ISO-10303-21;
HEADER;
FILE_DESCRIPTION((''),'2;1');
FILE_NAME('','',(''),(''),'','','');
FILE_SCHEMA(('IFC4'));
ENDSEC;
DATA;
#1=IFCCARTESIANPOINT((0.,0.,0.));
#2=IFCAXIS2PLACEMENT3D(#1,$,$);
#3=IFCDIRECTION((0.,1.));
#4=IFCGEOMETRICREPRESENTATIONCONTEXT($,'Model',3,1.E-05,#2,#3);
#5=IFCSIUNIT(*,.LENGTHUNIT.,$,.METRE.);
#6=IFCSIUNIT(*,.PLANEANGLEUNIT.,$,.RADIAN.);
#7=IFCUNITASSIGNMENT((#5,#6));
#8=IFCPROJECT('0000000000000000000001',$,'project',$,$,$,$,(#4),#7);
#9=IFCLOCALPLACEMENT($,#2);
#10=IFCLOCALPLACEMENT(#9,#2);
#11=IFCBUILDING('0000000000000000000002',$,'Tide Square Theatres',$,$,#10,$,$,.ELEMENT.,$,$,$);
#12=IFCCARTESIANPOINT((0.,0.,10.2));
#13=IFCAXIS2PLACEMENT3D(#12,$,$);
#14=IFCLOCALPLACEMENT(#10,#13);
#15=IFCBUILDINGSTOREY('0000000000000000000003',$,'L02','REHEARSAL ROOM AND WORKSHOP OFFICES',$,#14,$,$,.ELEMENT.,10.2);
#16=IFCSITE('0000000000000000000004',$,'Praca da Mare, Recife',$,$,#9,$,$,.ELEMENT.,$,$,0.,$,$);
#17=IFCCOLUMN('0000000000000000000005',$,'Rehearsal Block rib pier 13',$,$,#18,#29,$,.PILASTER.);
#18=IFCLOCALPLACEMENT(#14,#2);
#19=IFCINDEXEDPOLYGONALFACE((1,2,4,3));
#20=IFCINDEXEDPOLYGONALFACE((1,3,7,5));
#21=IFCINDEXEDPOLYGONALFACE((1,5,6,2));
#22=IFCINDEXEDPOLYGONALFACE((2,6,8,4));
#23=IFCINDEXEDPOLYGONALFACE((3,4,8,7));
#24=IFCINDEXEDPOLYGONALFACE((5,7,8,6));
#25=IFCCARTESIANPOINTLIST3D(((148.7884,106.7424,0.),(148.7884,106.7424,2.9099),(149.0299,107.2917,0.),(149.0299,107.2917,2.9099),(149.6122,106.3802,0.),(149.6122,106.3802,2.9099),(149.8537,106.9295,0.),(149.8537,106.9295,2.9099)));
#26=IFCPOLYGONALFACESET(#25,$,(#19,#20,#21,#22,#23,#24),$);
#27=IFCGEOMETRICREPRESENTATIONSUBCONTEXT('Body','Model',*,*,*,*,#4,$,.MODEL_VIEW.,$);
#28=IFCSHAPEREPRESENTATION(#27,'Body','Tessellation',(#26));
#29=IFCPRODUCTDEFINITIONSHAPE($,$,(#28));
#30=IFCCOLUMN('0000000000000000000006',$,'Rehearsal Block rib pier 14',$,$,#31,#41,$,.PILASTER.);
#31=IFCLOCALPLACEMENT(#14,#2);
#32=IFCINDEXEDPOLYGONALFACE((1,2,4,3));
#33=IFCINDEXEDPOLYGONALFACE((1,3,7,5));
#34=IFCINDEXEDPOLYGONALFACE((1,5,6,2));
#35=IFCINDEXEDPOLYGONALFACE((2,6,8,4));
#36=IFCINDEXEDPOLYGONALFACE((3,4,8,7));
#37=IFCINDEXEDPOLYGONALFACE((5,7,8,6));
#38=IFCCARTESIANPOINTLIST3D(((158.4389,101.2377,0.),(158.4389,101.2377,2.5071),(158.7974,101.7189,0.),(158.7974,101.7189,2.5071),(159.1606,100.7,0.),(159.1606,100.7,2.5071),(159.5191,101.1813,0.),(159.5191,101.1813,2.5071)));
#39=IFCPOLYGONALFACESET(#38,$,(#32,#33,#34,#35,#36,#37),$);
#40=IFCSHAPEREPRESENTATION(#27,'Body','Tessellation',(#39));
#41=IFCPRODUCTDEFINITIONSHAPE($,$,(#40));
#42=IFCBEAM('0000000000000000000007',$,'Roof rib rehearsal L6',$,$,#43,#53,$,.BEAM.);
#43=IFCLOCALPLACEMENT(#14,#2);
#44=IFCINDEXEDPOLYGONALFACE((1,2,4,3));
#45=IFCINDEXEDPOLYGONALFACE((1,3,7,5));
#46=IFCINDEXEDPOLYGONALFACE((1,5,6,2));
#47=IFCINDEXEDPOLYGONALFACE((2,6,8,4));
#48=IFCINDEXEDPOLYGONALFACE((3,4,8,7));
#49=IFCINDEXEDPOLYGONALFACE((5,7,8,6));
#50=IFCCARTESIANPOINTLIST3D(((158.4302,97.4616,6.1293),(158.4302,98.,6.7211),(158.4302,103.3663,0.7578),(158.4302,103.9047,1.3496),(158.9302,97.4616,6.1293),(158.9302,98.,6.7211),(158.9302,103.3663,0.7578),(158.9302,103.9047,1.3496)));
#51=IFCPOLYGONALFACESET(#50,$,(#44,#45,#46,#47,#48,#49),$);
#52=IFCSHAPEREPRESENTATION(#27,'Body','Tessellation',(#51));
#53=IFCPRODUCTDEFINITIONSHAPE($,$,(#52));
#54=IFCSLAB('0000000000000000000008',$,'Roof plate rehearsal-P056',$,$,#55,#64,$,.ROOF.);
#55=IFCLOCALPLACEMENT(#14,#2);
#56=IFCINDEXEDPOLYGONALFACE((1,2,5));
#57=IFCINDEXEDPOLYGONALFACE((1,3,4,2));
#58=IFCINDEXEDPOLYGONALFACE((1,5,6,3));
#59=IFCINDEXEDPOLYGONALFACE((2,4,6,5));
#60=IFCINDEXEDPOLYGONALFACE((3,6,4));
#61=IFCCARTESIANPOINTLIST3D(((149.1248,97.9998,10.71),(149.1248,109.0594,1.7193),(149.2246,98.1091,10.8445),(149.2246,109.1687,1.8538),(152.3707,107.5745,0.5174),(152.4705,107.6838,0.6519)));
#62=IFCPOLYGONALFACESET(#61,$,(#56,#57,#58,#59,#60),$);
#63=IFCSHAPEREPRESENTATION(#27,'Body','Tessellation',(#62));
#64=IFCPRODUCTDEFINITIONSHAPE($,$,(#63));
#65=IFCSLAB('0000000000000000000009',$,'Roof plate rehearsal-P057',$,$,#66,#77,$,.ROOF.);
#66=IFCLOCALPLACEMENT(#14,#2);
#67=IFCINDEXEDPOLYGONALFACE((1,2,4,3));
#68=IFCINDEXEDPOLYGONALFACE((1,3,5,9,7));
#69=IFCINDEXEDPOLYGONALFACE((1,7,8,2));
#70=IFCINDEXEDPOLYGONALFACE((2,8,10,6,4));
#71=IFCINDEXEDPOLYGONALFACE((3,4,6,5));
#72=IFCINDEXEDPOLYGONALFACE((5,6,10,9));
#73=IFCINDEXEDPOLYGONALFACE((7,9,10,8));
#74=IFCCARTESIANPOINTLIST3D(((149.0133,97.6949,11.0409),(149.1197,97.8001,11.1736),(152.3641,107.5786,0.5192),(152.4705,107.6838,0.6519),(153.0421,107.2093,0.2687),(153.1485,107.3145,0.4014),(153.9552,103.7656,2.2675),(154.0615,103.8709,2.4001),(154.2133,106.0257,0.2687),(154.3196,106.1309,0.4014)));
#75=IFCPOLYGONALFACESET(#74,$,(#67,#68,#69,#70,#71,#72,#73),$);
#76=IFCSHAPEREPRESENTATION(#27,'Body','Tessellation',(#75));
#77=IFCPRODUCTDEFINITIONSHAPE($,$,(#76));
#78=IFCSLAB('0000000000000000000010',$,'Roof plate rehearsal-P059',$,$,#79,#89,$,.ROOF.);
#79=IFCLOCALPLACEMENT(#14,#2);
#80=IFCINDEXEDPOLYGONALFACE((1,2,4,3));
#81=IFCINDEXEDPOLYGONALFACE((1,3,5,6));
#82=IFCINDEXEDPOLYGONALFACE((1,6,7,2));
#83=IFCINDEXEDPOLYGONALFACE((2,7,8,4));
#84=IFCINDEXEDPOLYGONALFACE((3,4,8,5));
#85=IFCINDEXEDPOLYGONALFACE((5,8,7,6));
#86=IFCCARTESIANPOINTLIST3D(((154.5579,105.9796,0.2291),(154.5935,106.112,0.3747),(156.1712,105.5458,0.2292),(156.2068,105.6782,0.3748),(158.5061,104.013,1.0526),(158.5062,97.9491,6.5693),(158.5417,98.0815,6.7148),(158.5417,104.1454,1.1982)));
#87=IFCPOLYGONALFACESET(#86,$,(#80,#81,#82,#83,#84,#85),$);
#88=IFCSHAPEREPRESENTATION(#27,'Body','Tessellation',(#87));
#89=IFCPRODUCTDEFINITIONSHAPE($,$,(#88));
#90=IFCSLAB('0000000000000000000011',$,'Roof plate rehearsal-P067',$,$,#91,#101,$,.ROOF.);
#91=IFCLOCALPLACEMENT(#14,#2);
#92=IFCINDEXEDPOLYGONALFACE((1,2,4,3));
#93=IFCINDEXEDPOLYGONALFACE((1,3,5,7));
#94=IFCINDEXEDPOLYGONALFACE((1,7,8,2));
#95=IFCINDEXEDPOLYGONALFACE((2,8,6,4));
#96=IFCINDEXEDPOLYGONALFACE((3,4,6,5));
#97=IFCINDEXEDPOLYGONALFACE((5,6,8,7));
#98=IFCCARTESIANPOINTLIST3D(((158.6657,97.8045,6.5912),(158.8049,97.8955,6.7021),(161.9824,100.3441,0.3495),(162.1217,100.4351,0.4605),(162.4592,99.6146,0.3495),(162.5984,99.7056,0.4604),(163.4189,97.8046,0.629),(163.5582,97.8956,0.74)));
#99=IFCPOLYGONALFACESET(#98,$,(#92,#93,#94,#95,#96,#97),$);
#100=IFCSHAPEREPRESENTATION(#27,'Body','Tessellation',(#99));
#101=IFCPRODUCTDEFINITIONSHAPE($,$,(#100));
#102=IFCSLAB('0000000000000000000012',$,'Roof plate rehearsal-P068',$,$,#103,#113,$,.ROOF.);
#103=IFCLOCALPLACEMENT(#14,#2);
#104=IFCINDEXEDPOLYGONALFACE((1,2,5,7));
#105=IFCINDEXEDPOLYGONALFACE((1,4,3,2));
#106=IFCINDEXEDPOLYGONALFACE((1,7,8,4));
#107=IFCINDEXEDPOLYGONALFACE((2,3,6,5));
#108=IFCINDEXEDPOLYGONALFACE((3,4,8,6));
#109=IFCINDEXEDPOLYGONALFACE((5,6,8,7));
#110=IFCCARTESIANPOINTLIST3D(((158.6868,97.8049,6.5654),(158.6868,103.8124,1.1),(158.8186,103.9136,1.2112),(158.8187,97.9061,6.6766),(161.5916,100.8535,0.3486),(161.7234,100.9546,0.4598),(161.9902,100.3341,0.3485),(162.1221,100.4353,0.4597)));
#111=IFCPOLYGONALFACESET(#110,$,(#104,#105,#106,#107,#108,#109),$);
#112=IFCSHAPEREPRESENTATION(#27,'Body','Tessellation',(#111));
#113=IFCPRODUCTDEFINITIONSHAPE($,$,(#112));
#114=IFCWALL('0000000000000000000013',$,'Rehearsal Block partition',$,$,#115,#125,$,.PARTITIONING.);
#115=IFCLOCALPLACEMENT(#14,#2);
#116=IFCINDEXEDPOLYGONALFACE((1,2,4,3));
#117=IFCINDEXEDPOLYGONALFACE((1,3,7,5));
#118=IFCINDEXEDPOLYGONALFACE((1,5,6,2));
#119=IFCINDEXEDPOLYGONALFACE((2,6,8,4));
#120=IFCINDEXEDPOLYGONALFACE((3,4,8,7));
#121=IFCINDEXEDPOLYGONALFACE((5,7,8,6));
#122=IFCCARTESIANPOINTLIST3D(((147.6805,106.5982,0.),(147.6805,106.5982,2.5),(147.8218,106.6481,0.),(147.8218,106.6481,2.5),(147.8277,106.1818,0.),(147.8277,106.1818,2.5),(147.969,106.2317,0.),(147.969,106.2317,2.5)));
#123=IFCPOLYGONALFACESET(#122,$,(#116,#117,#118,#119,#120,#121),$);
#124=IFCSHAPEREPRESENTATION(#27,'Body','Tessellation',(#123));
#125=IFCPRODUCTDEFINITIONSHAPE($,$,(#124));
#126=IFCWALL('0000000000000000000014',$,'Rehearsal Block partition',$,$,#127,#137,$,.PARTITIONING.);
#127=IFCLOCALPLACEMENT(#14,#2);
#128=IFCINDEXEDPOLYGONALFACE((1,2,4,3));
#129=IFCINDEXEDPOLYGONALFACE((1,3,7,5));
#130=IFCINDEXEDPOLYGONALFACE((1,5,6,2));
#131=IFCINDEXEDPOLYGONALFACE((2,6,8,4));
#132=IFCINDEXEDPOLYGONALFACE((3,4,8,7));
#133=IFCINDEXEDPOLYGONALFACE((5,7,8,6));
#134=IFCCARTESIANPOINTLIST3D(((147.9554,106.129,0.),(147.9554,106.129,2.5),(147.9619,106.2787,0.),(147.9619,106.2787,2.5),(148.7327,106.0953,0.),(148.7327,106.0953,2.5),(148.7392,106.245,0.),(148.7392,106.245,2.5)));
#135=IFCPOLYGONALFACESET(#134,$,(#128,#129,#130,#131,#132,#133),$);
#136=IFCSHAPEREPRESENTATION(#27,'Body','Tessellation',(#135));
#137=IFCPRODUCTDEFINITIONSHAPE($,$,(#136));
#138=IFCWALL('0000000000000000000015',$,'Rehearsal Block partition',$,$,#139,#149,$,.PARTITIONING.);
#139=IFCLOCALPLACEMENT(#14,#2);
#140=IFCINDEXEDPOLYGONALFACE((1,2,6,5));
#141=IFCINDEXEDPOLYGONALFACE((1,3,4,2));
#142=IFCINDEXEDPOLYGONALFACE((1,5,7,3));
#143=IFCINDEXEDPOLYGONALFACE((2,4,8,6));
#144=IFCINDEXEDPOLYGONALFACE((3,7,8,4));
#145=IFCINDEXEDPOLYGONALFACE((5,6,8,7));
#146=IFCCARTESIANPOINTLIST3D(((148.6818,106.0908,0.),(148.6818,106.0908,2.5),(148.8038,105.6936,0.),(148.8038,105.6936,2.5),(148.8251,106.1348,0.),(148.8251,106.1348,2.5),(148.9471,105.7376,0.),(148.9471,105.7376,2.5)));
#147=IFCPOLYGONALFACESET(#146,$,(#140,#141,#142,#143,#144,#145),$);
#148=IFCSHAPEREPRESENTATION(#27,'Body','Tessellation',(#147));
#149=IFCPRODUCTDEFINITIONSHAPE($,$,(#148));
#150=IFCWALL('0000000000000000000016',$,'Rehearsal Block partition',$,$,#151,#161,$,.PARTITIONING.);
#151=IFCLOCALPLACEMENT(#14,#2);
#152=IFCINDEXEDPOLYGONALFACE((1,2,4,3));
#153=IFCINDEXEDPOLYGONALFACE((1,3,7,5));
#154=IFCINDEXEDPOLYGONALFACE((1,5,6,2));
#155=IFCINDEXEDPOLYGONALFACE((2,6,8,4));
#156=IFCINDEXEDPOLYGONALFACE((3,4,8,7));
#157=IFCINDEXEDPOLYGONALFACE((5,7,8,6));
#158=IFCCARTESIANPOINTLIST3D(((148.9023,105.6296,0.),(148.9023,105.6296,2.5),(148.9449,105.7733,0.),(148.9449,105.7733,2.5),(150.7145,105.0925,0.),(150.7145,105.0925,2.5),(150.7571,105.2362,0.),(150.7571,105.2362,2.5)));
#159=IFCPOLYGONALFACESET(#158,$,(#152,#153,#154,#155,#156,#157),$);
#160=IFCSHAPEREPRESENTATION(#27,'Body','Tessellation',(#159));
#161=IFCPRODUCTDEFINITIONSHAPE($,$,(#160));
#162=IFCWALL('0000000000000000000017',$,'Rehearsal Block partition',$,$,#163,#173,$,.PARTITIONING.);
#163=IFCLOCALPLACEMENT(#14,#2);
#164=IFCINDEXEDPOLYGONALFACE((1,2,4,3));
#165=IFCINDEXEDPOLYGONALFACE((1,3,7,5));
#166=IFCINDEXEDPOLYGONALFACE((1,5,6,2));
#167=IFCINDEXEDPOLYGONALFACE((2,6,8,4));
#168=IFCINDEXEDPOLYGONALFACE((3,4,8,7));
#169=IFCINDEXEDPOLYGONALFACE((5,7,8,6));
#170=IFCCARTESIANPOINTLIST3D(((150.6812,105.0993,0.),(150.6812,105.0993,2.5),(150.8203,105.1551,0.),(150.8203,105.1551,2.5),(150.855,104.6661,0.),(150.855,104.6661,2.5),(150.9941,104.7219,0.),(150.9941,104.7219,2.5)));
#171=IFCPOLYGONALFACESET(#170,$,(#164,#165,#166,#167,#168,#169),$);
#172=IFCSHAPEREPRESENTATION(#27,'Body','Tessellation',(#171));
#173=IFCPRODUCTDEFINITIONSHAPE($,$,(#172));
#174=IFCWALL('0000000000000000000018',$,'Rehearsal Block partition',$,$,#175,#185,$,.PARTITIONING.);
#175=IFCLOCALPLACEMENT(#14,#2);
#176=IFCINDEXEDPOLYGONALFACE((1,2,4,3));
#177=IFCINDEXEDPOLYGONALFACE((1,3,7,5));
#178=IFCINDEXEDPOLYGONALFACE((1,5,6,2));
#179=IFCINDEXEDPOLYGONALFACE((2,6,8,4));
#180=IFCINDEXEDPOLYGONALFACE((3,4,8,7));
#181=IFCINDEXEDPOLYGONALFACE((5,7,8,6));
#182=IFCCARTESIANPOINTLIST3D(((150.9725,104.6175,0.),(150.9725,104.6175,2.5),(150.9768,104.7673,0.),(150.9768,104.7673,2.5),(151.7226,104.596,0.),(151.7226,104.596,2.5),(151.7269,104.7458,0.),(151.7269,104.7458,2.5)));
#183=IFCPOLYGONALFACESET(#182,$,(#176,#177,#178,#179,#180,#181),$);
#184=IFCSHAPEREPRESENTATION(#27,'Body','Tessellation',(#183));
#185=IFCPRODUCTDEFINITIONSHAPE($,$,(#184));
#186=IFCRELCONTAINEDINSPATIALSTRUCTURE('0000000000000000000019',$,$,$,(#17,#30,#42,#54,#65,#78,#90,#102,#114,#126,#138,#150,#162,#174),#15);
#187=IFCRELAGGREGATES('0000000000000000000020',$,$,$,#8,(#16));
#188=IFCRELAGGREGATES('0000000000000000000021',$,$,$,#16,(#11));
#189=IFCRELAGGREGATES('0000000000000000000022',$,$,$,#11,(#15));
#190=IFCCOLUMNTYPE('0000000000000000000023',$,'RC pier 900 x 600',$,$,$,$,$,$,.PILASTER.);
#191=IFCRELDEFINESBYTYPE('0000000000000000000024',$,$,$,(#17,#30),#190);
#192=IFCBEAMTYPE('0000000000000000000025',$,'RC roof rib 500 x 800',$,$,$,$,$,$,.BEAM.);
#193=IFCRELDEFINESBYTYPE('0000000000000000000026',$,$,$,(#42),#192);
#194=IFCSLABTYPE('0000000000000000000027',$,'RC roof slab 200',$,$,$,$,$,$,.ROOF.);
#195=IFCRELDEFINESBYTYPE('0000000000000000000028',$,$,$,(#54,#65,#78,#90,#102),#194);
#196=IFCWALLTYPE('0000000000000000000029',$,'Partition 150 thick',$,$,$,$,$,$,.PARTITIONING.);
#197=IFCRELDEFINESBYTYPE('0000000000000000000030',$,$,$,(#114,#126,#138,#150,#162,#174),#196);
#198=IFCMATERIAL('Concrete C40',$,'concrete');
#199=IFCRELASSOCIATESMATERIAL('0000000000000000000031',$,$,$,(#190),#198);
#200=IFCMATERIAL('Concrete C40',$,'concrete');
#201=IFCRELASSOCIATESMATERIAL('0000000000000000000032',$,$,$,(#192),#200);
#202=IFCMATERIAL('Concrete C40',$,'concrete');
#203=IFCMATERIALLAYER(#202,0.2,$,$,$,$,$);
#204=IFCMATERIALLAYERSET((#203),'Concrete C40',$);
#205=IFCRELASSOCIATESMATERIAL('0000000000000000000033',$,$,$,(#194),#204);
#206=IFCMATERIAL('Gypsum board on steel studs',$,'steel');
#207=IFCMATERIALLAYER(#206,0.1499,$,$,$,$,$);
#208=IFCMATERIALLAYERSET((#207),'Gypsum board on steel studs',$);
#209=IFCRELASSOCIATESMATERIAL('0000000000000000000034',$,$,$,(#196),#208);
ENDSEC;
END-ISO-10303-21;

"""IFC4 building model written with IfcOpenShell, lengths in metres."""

from ifc_helpers import new_model, si_unit, direction, frame, frame_2d, origin, origin_2d, place, context, subcontext, project, spatial, polyline, rectangle, outline, extrude, material, layer, layer_set, material_profile, profile_set, type_object, element, save


model = new_model("IFC4")

# Units and contexts
model_context = context("Model", 3, precision=1e-05, world=origin(), true_north=direction((0.0, 1.0)))
body_context = subcontext(model_context, "Body", "Model", "MODEL_VIEW")
ifc_project = project(units=[si_unit("LENGTHUNIT", "METRE"), si_unit("PLANEANGLEUNIT", "RADIAN")], contexts=[model_context])

# Site, building, storey
site_placement = place(None, origin())
site = spatial("IfcSite", under=ifc_project, at=site_placement, Name="Praca da Mare, Recife", CompositionType="ELEMENT", RefElevation=0.0)
building_placement = place(site_placement, origin())
building = spatial("IfcBuilding", under=site, at=building_placement, Name="Tide Square Theatres", CompositionType="ELEMENT")
storey_placement = place(building_placement, frame((0.0, 0.0, 10.2)))
storey = spatial("IfcBuildingStorey", under=building, at=storey_placement, Name="L02", Description="REHEARSAL ROOM AND WORKSHOP OFFICES", CompositionType="ELEMENT", Elevation=10.2)

# Columns
ifc_material_1 = material(Name="Concrete C40", Category="concrete")
ifc_material_profile_1 = material_profile(ifc_material_1, rectangle(XDim=0.8999, YDim=0.6001, at=origin_2d()))
ifc_profile_set_1 = profile_set([ifc_material_profile_1], Name="Concrete C40")
column_type = type_object("IfcColumnType", Name="RC pier 900 x 600", PredefinedType="PILASTER", material=ifc_profile_set_1)
column_1_placement = place(storey_placement, frame((149.321, 106.8359, 0.0), z_axis=(0.0, 0.0, 1.0), x_axis=(-0.915419, 0.402502, 0.0)))
element("IfcColumn", 1, at=column_1_placement, inside=storey, type_object=column_type, Name="Rehearsal Block rib pier 13", PredefinedType="PILASTER", context=body_context, shape_type="SweptSolid", body=[
    extrude(rectangle(XDim=0.8999, YDim=0.6001, at=origin_2d()), origin(), (0.0, 0.0, 1.0), 2.9099),
])
column_2_placement = place(storey_placement, frame((158.979, 101.2095, 0.0), z_axis=(0.0, 0.0, 1.0), x_axis=(-0.801928, 0.597421, 0.0)))
element("IfcColumn", 2, at=column_2_placement, inside=storey, type_object=column_type, Name="Rehearsal Block rib pier 14", PredefinedType="PILASTER", context=body_context, shape_type="SweptSolid", body=[
    extrude(rectangle(XDim=0.8999, YDim=0.6001, at=origin_2d()), origin(), (0.0, 0.0, 1.0), 2.5071),
])

# Beam
ifc_material_2 = material(Name="Concrete C40", Category="concrete")
ifc_material_profile_2 = material_profile(ifc_material_2, rectangle(XDim=0.5, YDim=0.8, at=origin_2d()))
ifc_profile_set_2 = profile_set([ifc_material_profile_2], Name="Concrete C40")
beam_type = type_object("IfcBeamType", Name="RC roof rib 500 x 800", PredefinedType="BEAM", material=ifc_profile_set_2)
beam_placement = place(storey_placement, frame((158.6802, 103.6355, 1.0537), z_axis=(0.0, -0.739716, 0.672919), x_axis=(1.0, 0.0, 0.0)))
element("IfcBeam", 3, at=beam_placement, inside=storey, type_object=beam_type, Name="Roof rib rehearsal L6", PredefinedType="BEAM", context=body_context, shape_type="SweptSolid", body=[
    extrude(rectangle(XDim=0.5, YDim=0.8, at=origin_2d()), origin(), (0.0, 0.0, 1.0), 7.9824),
])

# Slabs
ifc_material_3 = material(Name="Concrete C40", Category="concrete")
ifc_layer_1 = layer(ifc_material_3, 0.2)
ifc_layer_set_1 = layer_set([ifc_layer_1], Name="Concrete C40")
slab_type = type_object("IfcSlabType", Name="RC roof slab 200", PredefinedType="ROOF", material=ifc_layer_set_1)
slab_1_placement = place(storey_placement, frame((152.4705, 107.6838, 0.6519), z_axis=(0.499053, 0.54663, 0.672415), x_axis=(-0.861816, 0.394251, 0.319122)))
element("IfcSlab", 4, at=slab_1_placement, inside=storey, type_object=slab_type, Name="Roof plate rehearsal-P056", PredefinedType="ROOF", context=body_context, shape_type="SweptSolid", body=[
    extrude(outline(polyline([(0.0, 0.0), (3.7663, 0.0), (2.2752, 14.1748), (0.0, 0.0)])), origin(), (0.0, 0.0, -1.0), 0.2),
])
slab_2_placement = place(storey_placement, frame((152.4705, 107.6838, 0.6519), z_axis=(0.531768, 0.526165, 0.663607), x_axis=(-0.226103, -0.666932, 0.709985)))
element("IfcSlab", 5, at=slab_2_placement, inside=storey, type_object=slab_type, Name="Roof plate rehearsal-P057", PredefinedType="ROOF", context=body_context, shape_type="SweptSolid", body=[
    extrude(outline(polyline([(0.0, 0.0), (14.8197, 0.0), (3.4245, 2.8982), (0.4398, 2.3875), (-0.0848, 0.8073), (0.0, 0.0)])), origin(), (0.0, 0.0, -1.0), 0.2),
])
slab_3_placement = place(storey_placement, frame((156.2068, 105.6782, 0.3748), z_axis=(0.178014, 0.662194, 0.72788), x_axis=(-0.965702, 0.259651, -0.000043)))
element("IfcSlab", 6, at=slab_3_placement, inside=storey, type_object=slab_type, Name="Roof plate rehearsal-P059", PredefinedType="ROOF", context=body_context, shape_type="SweptSolid", body=[
    extrude(outline(polyline([(0.0, 0.0), (1.6706, 0.0), (-4.2276, 9.2458), (-2.6529, 1.2007), (0.0, 0.0)])), origin(), (0.0, 0.0, -1.0), 0.2),
])
slab_4_placement = place(storey_placement, frame((162.5984, 99.7056, 0.4604), z_axis=(0.696301, 0.454975, 0.555124), x_axis=(-0.547034, 0.837111, 0.000064)))
element("IfcSlab", 7, at=slab_4_placement, inside=storey, type_object=slab_type, Name="Roof plate rehearsal-P067", PredefinedType="ROOF", context=body_context, shape_type="SweptSolid", body=[
    extrude(outline(polyline([(0.0, 0.0), (0.8715, 0.0), (0.5603, 7.5041), (-2.0402, 0.3363), (0.0, 0.0)])), origin(), (0.0, 0.0, -1.0), 0.2),
])
slab_5_placement = place(storey_placement, frame((162.1221, 100.4353, 0.4597), z_axis=(0.659279, 0.505988, 0.556172), x_axis=(-0.608881, 0.793261, 0.000076)))
element("IfcSlab", 8, at=slab_5_placement, inside=storey, type_object=slab_type, Name="Roof plate rehearsal-P068", PredefinedType="ROOF", context=body_context, shape_type="SweptSolid", body=[
    extrude(outline(polyline([(0.0, 0.0), (0.6547, 0.0), (4.7707, 0.9038), (0.0055, 7.4806), (0.0, 0.0)])), origin(), (0.0, 0.0, -1.0), 0.2),
])

# Walls
ifc_material_4 = material(Name="Gypsum board on steel studs", Category="steel")
ifc_layer_2 = layer(ifc_material_4, 0.1499)
ifc_layer_set_2 = layer_set([ifc_layer_2], Name="Gypsum board on steel studs")
wall_type_1 = type_object("IfcWallType", Name="Partition 150 thick", PredefinedType="PARTITIONING", material=ifc_layer_set_2)
wall_1_placement = place(storey_placement, frame((147.7512, 106.623, 0.0), z_axis=(0.0, 0.0, 1.0), x_axis=(0.333254, -0.942837, 0.0)))
element("IfcWall", 9, at=wall_1_placement, inside=storey, type_object=wall_type_1, Name="Rehearsal Block partition", PredefinedType="PARTITIONING", context=body_context, shape_type="SweptSolid", body=[
    extrude(rectangle(XDim=0.4417, YDim=0.1499, at=frame_2d((0.2207, 0.0))), origin(), (0.0, 0.0, 1.0), 2.5),
])
wall_2_placement = place(storey_placement, frame((147.9585, 106.2039, 0.0), z_axis=(0.0, 0.0, 1.0), x_axis=(0.999062, -0.043301, 0.0)))
element("IfcWall", 10, at=wall_2_placement, inside=storey, type_object=wall_type_1, Name="Rehearsal Block partition", PredefinedType="PARTITIONING", context=body_context, shape_type="SweptSolid", body=[
    extrude(rectangle(XDim=0.7781, YDim=0.1499, at=frame_2d((0.3892, 0.0))), origin(), (0.0, 0.0, 1.0), 2.5),
])
wall_3_placement = place(storey_placement, frame((148.7534, 106.1128, 0.0), z_axis=(0.0, 0.0, 1.0), x_axis=(0.293756, -0.955881, 0.0)))
element("IfcWall", 11, at=wall_3_placement, inside=storey, type_object=wall_type_1, Name="Rehearsal Block partition", PredefinedType="PARTITIONING", context=body_context, shape_type="SweptSolid", body=[
    extrude(rectangle(XDim=0.4155, YDim=0.1499, at=frame_2d((0.2078, 0.0))), origin(), (0.0, 0.0, 1.0), 2.5),
])
wall_4_placement = place(storey_placement, frame((148.9236, 105.7014, 0.0), z_axis=(0.0, 0.0, 1.0), x_axis=(0.958777, -0.284159, 0.0)))
element("IfcWall", 12, at=wall_4_placement, inside=storey, type_object=wall_type_1, Name="Rehearsal Block partition", PredefinedType="PARTITIONING", context=body_context, shape_type="SweptSolid", body=[
    extrude(rectangle(XDim=1.8901, YDim=0.1499, at=frame_2d((0.9451, 0.0))), origin(), (0.0, 0.0, 1.0), 2.5),
])
wall_5_placement = place(storey_placement, frame((150.7507, 105.1272, 0.0), z_axis=(0.0, 0.0, 1.0), x_axis=(0.372292, -0.928116, 0.0)))
element("IfcWall", 13, at=wall_5_placement, inside=storey, type_object=wall_type_1, Name="Rehearsal Block partition", PredefinedType="PARTITIONING", context=body_context, shape_type="SweptSolid", body=[
    extrude(rectangle(XDim=0.4668, YDim=0.1499, at=frame_2d((0.2334, 0.0))), origin(), (0.0, 0.0, 1.0), 2.5),
])
wall_6_placement = place(storey_placement, frame((150.9746, 104.6924, 0.0), z_axis=(0.0, 0.0, 1.0), x_axis=(0.99959, -0.028625, 0.0)))
element("IfcWall", 14, at=wall_6_placement, inside=storey, type_object=wall_type_1, Name="Rehearsal Block partition", PredefinedType="PARTITIONING", context=body_context, shape_type="SweptSolid", body=[
    extrude(rectangle(XDim=0.7505, YDim=0.1499, at=frame_2d((0.3752, 0.0))), origin(), (0.0, 0.0, 1.0), 2.5),
])

save(model, "model.ifc")
